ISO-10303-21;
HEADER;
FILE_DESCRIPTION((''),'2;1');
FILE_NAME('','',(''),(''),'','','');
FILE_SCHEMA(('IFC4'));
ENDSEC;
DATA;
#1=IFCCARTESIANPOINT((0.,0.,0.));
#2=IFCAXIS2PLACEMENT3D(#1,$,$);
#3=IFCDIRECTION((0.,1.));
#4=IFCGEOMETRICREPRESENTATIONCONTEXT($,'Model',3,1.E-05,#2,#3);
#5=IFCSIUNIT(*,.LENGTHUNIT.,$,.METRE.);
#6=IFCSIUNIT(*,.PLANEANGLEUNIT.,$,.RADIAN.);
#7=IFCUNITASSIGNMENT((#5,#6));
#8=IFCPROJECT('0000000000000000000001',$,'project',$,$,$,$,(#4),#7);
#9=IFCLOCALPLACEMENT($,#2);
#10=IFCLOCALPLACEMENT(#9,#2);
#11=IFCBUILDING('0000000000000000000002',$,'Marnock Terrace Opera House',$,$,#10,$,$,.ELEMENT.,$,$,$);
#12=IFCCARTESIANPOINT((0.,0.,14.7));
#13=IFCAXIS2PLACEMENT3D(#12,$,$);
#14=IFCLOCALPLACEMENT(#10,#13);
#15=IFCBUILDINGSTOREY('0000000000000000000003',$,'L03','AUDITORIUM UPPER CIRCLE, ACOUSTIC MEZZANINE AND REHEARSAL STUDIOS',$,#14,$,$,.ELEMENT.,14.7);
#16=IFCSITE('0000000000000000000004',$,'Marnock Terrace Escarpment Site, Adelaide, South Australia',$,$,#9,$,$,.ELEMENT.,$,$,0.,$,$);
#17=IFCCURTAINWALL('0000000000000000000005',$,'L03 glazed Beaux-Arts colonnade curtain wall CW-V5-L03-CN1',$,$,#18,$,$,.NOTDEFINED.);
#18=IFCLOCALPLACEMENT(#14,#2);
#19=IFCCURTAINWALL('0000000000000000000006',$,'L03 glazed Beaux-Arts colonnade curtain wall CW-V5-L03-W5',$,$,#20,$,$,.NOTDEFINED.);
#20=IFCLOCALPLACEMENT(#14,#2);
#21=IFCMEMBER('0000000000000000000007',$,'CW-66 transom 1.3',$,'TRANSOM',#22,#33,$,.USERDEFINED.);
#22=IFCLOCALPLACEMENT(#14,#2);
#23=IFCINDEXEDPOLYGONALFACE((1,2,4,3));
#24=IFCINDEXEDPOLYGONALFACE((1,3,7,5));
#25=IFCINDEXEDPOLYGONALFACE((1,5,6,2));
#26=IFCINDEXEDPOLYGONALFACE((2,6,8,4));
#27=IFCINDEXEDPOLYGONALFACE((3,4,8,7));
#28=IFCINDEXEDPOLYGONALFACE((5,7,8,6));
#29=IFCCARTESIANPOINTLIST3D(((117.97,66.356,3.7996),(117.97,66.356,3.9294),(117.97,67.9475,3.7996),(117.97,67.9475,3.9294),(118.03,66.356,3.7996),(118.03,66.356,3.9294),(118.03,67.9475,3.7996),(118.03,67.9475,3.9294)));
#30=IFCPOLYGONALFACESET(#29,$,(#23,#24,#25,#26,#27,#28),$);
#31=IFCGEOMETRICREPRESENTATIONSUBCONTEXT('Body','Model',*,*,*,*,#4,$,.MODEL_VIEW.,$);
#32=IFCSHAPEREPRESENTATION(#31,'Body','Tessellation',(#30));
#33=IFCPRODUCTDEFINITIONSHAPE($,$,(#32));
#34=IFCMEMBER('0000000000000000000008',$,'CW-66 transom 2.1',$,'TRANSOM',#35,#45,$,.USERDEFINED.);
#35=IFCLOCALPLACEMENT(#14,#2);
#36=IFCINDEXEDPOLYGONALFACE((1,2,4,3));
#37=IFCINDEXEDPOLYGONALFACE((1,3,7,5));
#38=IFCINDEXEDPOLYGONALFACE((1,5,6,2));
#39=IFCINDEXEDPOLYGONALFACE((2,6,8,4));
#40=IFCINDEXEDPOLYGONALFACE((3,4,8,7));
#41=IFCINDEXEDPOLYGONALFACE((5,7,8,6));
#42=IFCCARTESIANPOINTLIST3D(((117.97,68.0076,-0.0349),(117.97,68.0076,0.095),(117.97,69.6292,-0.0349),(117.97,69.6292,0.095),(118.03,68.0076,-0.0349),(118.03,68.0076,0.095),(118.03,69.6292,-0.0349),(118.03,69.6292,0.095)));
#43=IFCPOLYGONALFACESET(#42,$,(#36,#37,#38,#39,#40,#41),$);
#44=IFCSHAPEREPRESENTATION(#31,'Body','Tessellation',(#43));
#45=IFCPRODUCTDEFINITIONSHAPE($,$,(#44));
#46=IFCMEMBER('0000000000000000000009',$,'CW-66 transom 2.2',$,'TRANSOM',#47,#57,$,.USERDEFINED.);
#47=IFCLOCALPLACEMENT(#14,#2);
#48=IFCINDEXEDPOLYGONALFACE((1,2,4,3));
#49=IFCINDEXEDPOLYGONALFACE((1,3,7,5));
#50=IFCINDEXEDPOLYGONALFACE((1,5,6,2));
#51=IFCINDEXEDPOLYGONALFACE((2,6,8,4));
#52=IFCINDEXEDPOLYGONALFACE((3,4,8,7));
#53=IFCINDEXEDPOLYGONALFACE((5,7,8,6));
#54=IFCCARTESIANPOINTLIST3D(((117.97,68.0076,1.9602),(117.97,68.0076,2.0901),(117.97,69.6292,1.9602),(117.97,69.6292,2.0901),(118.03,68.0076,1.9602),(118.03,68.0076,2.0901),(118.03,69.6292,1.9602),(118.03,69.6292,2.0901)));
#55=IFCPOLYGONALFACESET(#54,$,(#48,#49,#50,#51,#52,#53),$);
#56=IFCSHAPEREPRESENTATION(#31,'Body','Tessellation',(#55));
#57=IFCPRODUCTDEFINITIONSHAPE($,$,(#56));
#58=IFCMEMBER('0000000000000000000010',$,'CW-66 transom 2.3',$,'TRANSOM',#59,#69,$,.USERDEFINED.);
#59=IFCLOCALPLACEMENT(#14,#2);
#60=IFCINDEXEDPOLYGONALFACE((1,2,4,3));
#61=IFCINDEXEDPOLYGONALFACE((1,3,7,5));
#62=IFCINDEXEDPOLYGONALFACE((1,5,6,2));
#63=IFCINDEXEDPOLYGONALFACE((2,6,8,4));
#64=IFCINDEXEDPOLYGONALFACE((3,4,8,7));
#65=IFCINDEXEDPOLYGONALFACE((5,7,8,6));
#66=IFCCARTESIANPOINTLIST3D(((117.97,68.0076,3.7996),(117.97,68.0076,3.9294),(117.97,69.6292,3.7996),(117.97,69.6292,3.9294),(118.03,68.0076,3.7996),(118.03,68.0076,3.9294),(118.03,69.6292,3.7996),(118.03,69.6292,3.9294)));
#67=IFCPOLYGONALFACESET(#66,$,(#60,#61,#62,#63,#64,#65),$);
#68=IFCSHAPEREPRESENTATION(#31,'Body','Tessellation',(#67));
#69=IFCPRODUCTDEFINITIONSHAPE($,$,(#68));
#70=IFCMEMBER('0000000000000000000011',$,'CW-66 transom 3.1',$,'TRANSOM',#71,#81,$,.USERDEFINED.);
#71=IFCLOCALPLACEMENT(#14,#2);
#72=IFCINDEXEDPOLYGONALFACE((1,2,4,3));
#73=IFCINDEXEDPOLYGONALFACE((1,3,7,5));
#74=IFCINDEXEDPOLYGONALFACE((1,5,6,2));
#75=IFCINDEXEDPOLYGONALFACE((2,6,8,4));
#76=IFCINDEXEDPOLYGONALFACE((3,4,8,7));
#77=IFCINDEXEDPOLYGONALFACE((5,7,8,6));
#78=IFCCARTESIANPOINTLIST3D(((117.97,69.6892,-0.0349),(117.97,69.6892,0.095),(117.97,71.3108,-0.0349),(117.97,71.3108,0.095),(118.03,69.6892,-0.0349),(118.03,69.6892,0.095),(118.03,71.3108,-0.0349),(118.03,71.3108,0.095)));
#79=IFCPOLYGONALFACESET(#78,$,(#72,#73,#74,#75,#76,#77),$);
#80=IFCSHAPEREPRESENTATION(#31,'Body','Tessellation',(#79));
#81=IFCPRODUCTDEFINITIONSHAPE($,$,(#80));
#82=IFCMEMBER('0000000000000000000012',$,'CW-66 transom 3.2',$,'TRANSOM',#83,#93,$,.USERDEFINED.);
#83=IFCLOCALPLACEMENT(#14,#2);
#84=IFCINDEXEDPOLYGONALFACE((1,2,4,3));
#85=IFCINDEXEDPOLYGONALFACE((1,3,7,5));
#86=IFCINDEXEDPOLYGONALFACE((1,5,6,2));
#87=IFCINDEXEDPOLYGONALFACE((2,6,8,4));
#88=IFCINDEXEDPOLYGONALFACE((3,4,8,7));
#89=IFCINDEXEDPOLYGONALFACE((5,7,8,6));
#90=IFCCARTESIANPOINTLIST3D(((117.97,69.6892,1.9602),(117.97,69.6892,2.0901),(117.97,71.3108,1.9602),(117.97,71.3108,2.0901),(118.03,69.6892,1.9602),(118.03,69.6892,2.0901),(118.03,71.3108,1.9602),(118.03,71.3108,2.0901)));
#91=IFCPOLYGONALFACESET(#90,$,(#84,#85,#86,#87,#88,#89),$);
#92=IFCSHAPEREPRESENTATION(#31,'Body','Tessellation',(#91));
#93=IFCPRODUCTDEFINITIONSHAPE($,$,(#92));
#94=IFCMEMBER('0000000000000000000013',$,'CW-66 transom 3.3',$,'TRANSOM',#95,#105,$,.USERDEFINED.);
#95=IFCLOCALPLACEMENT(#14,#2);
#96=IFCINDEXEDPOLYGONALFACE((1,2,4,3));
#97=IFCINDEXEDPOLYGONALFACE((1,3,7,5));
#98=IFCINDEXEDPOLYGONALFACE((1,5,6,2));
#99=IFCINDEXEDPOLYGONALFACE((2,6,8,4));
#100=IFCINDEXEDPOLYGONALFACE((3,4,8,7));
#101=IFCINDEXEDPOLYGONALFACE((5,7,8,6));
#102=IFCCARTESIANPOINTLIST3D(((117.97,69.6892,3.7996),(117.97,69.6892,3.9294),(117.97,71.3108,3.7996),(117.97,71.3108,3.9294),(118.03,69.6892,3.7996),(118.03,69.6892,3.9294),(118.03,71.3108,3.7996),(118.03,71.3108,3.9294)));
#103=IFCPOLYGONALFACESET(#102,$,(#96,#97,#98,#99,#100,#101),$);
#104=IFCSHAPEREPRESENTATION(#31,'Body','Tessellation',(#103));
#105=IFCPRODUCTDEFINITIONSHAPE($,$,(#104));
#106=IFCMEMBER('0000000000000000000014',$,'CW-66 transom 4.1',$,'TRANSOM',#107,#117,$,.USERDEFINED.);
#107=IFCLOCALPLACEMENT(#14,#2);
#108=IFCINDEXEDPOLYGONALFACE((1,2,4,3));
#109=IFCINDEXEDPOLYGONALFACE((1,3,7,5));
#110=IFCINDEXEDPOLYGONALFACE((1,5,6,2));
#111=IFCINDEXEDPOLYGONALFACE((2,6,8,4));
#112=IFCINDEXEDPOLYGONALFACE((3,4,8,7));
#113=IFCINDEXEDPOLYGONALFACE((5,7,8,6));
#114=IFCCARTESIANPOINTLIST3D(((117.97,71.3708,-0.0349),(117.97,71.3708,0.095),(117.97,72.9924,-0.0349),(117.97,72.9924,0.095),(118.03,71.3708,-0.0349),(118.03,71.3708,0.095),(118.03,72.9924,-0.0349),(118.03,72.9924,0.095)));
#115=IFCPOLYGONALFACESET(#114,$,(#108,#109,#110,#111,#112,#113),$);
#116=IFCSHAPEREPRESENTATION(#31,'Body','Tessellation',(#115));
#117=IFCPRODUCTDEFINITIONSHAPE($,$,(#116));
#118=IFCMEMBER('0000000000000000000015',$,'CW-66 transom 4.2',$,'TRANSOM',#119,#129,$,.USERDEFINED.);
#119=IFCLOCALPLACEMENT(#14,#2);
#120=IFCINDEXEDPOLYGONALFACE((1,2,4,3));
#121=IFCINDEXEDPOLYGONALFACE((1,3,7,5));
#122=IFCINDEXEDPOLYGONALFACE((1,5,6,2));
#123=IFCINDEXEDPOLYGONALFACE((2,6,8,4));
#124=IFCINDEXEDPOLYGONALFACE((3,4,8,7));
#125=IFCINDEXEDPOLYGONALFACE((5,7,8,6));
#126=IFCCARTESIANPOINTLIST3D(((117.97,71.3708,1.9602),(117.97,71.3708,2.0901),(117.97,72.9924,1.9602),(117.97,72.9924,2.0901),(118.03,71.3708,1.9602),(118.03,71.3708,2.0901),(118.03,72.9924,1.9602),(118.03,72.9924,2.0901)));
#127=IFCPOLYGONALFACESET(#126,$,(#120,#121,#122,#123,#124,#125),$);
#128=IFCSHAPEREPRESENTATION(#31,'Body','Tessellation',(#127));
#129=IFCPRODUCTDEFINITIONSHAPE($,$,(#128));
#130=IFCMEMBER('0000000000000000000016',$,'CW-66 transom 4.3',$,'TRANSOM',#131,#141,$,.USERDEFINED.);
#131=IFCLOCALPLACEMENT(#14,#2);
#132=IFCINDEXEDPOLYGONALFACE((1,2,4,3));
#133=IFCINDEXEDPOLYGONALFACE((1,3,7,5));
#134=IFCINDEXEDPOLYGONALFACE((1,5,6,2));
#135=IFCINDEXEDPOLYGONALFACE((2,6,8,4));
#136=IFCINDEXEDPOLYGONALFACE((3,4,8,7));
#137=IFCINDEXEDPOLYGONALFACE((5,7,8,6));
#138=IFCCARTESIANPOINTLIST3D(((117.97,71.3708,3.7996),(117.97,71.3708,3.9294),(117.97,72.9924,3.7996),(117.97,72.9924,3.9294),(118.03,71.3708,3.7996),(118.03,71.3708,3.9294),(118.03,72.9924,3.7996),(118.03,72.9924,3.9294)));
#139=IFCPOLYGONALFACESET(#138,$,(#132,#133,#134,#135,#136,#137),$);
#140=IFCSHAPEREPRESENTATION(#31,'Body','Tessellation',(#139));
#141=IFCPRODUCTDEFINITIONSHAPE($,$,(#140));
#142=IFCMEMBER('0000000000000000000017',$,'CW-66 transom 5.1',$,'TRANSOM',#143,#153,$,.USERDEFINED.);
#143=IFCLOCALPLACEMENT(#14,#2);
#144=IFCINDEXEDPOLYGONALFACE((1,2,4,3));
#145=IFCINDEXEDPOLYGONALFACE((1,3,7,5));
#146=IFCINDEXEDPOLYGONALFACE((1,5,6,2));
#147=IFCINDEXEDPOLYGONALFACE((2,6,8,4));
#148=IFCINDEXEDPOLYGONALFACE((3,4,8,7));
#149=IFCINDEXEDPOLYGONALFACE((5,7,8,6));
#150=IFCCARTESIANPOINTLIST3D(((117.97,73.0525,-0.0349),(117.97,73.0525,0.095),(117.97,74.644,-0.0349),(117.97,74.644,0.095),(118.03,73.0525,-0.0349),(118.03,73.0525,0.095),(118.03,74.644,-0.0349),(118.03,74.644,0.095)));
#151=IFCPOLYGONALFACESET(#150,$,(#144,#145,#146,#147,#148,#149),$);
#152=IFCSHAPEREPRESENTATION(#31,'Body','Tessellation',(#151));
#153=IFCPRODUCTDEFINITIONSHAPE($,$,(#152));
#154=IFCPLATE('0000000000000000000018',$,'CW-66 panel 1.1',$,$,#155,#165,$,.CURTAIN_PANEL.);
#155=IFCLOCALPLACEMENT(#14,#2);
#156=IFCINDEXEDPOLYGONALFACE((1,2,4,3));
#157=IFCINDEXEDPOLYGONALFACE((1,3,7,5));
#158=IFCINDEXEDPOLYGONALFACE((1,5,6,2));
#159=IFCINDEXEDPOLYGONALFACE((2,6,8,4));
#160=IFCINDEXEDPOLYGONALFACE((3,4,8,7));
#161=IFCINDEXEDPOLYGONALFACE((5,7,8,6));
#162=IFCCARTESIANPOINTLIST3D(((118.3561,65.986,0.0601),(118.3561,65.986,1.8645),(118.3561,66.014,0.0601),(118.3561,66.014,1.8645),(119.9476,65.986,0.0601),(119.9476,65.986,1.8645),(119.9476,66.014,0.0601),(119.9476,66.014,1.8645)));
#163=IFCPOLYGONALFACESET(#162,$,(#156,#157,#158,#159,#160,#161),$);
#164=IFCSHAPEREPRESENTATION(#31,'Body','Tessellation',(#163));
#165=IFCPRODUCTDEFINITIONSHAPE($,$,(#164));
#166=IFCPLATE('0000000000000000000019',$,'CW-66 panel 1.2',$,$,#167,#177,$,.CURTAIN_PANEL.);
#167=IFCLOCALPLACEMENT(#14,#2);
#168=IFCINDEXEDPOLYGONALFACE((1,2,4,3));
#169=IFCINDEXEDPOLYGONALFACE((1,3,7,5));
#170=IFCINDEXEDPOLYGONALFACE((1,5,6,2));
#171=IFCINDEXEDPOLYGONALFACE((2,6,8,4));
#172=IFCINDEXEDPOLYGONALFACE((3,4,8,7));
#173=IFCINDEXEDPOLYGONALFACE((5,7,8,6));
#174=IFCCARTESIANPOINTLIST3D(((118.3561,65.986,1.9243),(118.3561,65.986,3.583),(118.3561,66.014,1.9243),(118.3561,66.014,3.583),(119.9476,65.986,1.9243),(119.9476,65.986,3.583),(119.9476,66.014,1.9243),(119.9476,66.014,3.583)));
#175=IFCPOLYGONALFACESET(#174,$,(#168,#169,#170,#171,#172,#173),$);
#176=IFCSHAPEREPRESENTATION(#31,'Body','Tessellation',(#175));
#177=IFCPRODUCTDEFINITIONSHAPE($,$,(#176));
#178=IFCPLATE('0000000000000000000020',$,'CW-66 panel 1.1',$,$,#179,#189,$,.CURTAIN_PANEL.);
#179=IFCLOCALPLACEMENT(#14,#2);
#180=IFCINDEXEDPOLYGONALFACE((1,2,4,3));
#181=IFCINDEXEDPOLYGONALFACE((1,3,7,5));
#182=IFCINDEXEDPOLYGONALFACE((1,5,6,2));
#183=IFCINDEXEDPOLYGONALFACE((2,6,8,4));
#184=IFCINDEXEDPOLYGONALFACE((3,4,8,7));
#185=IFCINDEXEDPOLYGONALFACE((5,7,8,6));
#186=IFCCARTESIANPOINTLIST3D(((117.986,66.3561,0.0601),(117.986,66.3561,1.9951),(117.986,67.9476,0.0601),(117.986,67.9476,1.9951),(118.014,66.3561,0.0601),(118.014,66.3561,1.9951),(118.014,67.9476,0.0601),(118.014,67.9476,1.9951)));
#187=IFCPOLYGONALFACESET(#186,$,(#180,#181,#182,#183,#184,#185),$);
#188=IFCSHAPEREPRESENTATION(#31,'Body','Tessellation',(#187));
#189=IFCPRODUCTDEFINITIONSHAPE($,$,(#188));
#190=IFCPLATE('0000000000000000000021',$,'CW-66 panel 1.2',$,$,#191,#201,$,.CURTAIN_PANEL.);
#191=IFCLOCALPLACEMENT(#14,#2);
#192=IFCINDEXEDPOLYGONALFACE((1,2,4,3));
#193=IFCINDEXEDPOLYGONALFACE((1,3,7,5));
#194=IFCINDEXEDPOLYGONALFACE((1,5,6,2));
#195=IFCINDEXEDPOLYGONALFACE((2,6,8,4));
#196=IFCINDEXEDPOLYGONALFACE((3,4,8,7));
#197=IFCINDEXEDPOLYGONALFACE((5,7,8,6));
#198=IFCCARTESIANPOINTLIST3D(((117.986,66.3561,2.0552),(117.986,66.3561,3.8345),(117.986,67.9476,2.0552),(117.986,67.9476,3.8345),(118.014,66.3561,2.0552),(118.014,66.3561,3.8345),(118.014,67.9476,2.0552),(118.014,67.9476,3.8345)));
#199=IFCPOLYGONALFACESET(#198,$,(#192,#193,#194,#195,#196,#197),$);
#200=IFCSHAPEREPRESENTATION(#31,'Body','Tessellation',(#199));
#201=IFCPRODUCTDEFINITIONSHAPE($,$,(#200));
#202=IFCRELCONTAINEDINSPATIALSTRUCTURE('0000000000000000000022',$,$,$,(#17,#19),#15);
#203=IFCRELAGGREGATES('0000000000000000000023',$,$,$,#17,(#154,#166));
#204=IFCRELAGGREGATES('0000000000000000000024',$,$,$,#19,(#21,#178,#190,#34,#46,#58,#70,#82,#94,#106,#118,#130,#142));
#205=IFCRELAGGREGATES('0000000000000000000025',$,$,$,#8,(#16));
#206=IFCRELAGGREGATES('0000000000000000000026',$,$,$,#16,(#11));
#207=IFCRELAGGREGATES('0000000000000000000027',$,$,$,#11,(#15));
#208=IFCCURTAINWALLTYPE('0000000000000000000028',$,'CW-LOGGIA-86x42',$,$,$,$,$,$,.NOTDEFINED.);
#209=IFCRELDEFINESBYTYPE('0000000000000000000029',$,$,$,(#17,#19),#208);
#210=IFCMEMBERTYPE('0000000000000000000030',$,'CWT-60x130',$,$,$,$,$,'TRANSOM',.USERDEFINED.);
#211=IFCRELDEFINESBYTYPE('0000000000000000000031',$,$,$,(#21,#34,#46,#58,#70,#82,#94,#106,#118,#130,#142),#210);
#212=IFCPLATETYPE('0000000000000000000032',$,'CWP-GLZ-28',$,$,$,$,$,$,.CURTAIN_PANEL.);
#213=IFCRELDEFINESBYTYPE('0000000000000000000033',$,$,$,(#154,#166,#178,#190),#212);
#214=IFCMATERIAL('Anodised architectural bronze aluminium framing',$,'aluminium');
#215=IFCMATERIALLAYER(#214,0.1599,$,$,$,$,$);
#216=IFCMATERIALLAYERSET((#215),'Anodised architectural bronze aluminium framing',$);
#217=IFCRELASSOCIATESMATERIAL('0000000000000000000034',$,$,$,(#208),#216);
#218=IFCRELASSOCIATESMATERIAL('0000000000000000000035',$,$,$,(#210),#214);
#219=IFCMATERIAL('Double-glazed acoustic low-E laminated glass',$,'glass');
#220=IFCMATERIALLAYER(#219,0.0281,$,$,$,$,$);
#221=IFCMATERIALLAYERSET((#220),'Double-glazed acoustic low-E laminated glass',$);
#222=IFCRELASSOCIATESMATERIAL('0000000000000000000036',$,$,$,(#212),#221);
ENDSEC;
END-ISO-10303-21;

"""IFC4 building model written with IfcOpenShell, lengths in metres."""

from ifc_helpers import new_model, si_unit, direction, frame, origin, origin_2d, place, context, subcontext, project, spatial, rectangle, extrude, material, layer, layer_set, material_profile, profile_set, type_object, element, aggregate, save


model = new_model("IFC4")

# Units and contexts
model_context = context("Model", 3, precision=1e-05, world=origin(), true_north=direction((0.0, 1.0)))
body_context = subcontext(model_context, "Body", "Model", "MODEL_VIEW")
ifc_project = project(units=[si_unit("LENGTHUNIT", "METRE"), si_unit("PLANEANGLEUNIT", "RADIAN")], contexts=[model_context])

# Site, building, storey
site_placement = place(None, origin())
site = spatial("IfcSite", under=ifc_project, at=site_placement, Name="Marnock Terrace Escarpment Site, Adelaide, South Australia", CompositionType="ELEMENT", RefElevation=0.0)
building_placement = place(site_placement, origin())
building = spatial("IfcBuilding", under=site, at=building_placement, Name="Marnock Terrace Opera House", CompositionType="ELEMENT")
storey_placement = place(building_placement, frame((0.0, 0.0, 14.7)))
storey = spatial("IfcBuildingStorey", under=building, at=storey_placement, Name="L03", Description="AUDITORIUM UPPER CIRCLE, ACOUSTIC MEZZANINE AND REHEARSAL STUDIOS", CompositionType="ELEMENT", Elevation=14.7)

# Curtain walls
ifc_material_1 = material(Name="Anodised architectural bronze aluminium framing", Category="aluminium")
ifc_layer_1 = layer(ifc_material_1, 0.1599)
ifc_layer_set_1 = layer_set([ifc_layer_1], Name="Anodised architectural bronze aluminium framing")
curtain_wall_type = type_object("IfcCurtainWallType", Name="CW-LOGGIA-86x42", PredefinedType="NOTDEFINED", material=ifc_layer_set_1)
curtain_wall_1_placement = place(storey_placement, origin())
curtain_wall_1 = element("IfcCurtainWall", 1, at=curtain_wall_1_placement, inside=storey, type_object=curtain_wall_type, Name="L03 glazed Beaux-Arts colonnade curtain wall CW-V5-L03-CN1", PredefinedType="NOTDEFINED")
curtain_wall_2_placement = place(storey_placement, origin())
curtain_wall_2 = element("IfcCurtainWall", 2, at=curtain_wall_2_placement, inside=storey, type_object=curtain_wall_type, Name="L03 glazed Beaux-Arts colonnade curtain wall CW-V5-L03-W5", PredefinedType="NOTDEFINED")

# Members
ifc_material_profile_1 = material_profile(ifc_material_1, rectangle(XDim=0.0601, YDim=0.1299, at=origin_2d()))
ifc_profile_set_1 = profile_set([ifc_material_profile_1], Name="Anodised architectural bronze aluminium framing")
member_type_1 = type_object("IfcMemberType", Name="CWT-60x130", ElementType="TRANSOM", PredefinedType="USERDEFINED", material=ifc_profile_set_1)
member_1_placement = place(storey_placement, frame((118.0, 66.356, 3.8645), z_axis=(0.0, 1.0, 0.0), x_axis=(-1.0, 0.0, 0.0)))
member_1 = element("IfcMember", 3, at=member_1_placement, type_object=member_type_1, Name="CW-66 transom 1.3", ObjectType="TRANSOM", PredefinedType="USERDEFINED", context=body_context, shape_type="SweptSolid", body=[
    extrude(rectangle(XDim=0.0601, YDim=0.1299, at=origin_2d()), origin(), (0.0, 0.0, 1.0), 1.5916),
])
member_2_placement = place(storey_placement, frame((118.0, 68.0076, 0.03), z_axis=(0.0, 1.0, 0.0), x_axis=(-1.0, 0.0, 0.0)))
member_2 = element("IfcMember", 4, at=member_2_placement, type_object=member_type_1, Name="CW-66 transom 2.1", ObjectType="TRANSOM", PredefinedType="USERDEFINED", context=body_context, shape_type="SweptSolid", body=[
    extrude(rectangle(XDim=0.0601, YDim=0.1299, at=origin_2d()), origin(), (0.0, 0.0, 1.0), 1.6216),
])
member_3_placement = place(storey_placement, frame((118.0, 68.0076, 2.0251), z_axis=(0.0, 1.0, 0.0), x_axis=(-1.0, 0.0, 0.0)))
member_3 = element("IfcMember", 5, at=member_3_placement, type_object=member_type_1, Name="CW-66 transom 2.2", ObjectType="TRANSOM", PredefinedType="USERDEFINED", context=body_context, shape_type="SweptSolid", body=[
    extrude(rectangle(XDim=0.0601, YDim=0.1299, at=origin_2d()), origin(), (0.0, 0.0, 1.0), 1.6216),
])
member_4_placement = place(storey_placement, frame((118.0, 68.0076, 3.8645), z_axis=(0.0, 1.0, 0.0), x_axis=(-1.0, 0.0, 0.0)))
member_4 = element("IfcMember", 6, at=member_4_placement, type_object=member_type_1, Name="CW-66 transom 2.3", ObjectType="TRANSOM", PredefinedType="USERDEFINED", context=body_context, shape_type="SweptSolid", body=[
    extrude(rectangle(XDim=0.0601, YDim=0.1299, at=origin_2d()), origin(), (0.0, 0.0, 1.0), 1.6216),
])
member_5_placement = place(storey_placement, frame((118.0, 69.6892, 0.03), z_axis=(0.0, 1.0, 0.0), x_axis=(-1.0, 0.0, 0.0)))
member_5 = element("IfcMember", 7, at=member_5_placement, type_object=member_type_1, Name="CW-66 transom 3.1", ObjectType="TRANSOM", PredefinedType="USERDEFINED", context=body_context, shape_type="SweptSolid", body=[
    extrude(rectangle(XDim=0.0601, YDim=0.1299, at=origin_2d()), origin(), (0.0, 0.0, 1.0), 1.6216),
])
member_6_placement = place(storey_placement, frame((118.0, 69.6892, 2.0251), z_axis=(0.0, 1.0, 0.0), x_axis=(-1.0, 0.0, 0.0)))
member_6 = element("IfcMember", 8, at=member_6_placement, type_object=member_type_1, Name="CW-66 transom 3.2", ObjectType="TRANSOM", PredefinedType="USERDEFINED", context=body_context, shape_type="SweptSolid", body=[
    extrude(rectangle(XDim=0.0601, YDim=0.1299, at=origin_2d()), origin(), (0.0, 0.0, 1.0), 1.6216),
])
member_7_placement = place(storey_placement, frame((118.0, 69.6892, 3.8645), z_axis=(0.0, 1.0, 0.0), x_axis=(-1.0, 0.0, 0.0)))
member_7 = element("IfcMember", 9, at=member_7_placement, type_object=member_type_1, Name="CW-66 transom 3.3", ObjectType="TRANSOM", PredefinedType="USERDEFINED", context=body_context, shape_type="SweptSolid", body=[
    extrude(rectangle(XDim=0.0601, YDim=0.1299, at=origin_2d()), origin(), (0.0, 0.0, 1.0), 1.6216),
])
member_8_placement = place(storey_placement, frame((118.0, 71.3708, 0.03), z_axis=(0.0, 1.0, 0.0), x_axis=(-1.0, 0.0, 0.0)))
member_8 = element("IfcMember", 10, at=member_8_placement, type_object=member_type_1, Name="CW-66 transom 4.1", ObjectType="TRANSOM", PredefinedType="USERDEFINED", context=body_context, shape_type="SweptSolid", body=[
    extrude(rectangle(XDim=0.0601, YDim=0.1299, at=origin_2d()), origin(), (0.0, 0.0, 1.0), 1.6216),
])
member_9_placement = place(storey_placement, frame((118.0, 71.3708, 2.0251), z_axis=(0.0, 1.0, 0.0), x_axis=(-1.0, 0.0, 0.0)))
member_9 = element("IfcMember", 11, at=member_9_placement, type_object=member_type_1, Name="CW-66 transom 4.2", ObjectType="TRANSOM", PredefinedType="USERDEFINED", context=body_context, shape_type="SweptSolid", body=[
    extrude(rectangle(XDim=0.0601, YDim=0.1299, at=origin_2d()), origin(), (0.0, 0.0, 1.0), 1.6216),
])
member_10_placement = place(storey_placement, frame((118.0, 71.3708, 3.8645), z_axis=(0.0, 1.0, 0.0), x_axis=(-1.0, 0.0, 0.0)))
member_10 = element("IfcMember", 12, at=member_10_placement, type_object=member_type_1, Name="CW-66 transom 4.3", ObjectType="TRANSOM", PredefinedType="USERDEFINED", context=body_context, shape_type="SweptSolid", body=[
    extrude(rectangle(XDim=0.0601, YDim=0.1299, at=origin_2d()), origin(), (0.0, 0.0, 1.0), 1.6216),
])
member_11_placement = place(storey_placement, frame((118.0, 73.0525, 0.03), z_axis=(0.0, 1.0, 0.0), x_axis=(-1.0, 0.0, 0.0)))
member_11 = element("IfcMember", 13, at=member_11_placement, type_object=member_type_1, Name="CW-66 transom 5.1", ObjectType="TRANSOM", PredefinedType="USERDEFINED", context=body_context, shape_type="SweptSolid", body=[
    extrude(rectangle(XDim=0.0601, YDim=0.1299, at=origin_2d()), origin(), (0.0, 0.0, 1.0), 1.5916),
])

# Plates
ifc_material_2 = material(Name="Double-glazed acoustic low-E laminated glass", Category="glass")
ifc_layer_2 = layer(ifc_material_2, 0.0281)
ifc_layer_set_2 = layer_set([ifc_layer_2], Name="Double-glazed acoustic low-E laminated glass")
plate_type = type_object("IfcPlateType", Name="CWP-GLZ-28", PredefinedType="CURTAIN_PANEL", material=ifc_layer_set_2)
plate_1_placement = place(storey_placement, frame((119.1519, 66.0, 0.0601), z_axis=(0.0, 0.0, 1.0), x_axis=(1.0, 0.0, 0.0)))
plate_1 = element("IfcPlate", 14, at=plate_1_placement, type_object=plate_type, Name="CW-66 panel 1.1", PredefinedType="CURTAIN_PANEL", context=body_context, shape_type="SweptSolid", body=[
    extrude(rectangle(XDim=1.5916, YDim=0.0281, at=origin_2d()), origin(), (0.0, 0.0, 1.0), 1.8044),
])
plate_2_placement = place(storey_placement, frame((119.1519, 66.0, 1.9243), z_axis=(0.0, 0.0, 1.0), x_axis=(1.0, 0.0, 0.0)))
plate_2 = element("IfcPlate", 15, at=plate_2_placement, type_object=plate_type, Name="CW-66 panel 1.2", PredefinedType="CURTAIN_PANEL", context=body_context, shape_type="SweptSolid", body=[
    extrude(rectangle(XDim=1.5916, YDim=0.0281, at=origin_2d()), origin(), (0.0, 0.0, 1.0), 1.6587),
])
aggregate(curtain_wall_1, [plate_1, plate_2])
plate_3_placement = place(storey_placement, frame((118.0, 67.1519, 0.0601), z_axis=(0.0, 0.0, 1.0), x_axis=(0.0, 1.0, 0.0)))
plate_3 = element("IfcPlate", 16, at=plate_3_placement, type_object=plate_type, Name="CW-66 panel 1.1", PredefinedType="CURTAIN_PANEL", context=body_context, shape_type="SweptSolid", body=[
    extrude(rectangle(XDim=1.5916, YDim=0.0281, at=origin_2d()), origin(), (0.0, 0.0, 1.0), 1.9351),
])
plate_4_placement = place(storey_placement, frame((118.0, 67.1519, 2.0552), z_axis=(0.0, 0.0, 1.0), x_axis=(0.0, 1.0, 0.0)))
plate_4 = element("IfcPlate", 17, at=plate_4_placement, type_object=plate_type, Name="CW-66 panel 1.2", PredefinedType="CURTAIN_PANEL", context=body_context, shape_type="SweptSolid", body=[
    extrude(rectangle(XDim=1.5916, YDim=0.0281, at=origin_2d()), origin(), (0.0, 0.0, 1.0), 1.7793),
])
aggregate(curtain_wall_2, [member_1, plate_3, plate_4, member_2, member_3, member_4, member_5, member_6, member_7, member_8, member_9, member_10, member_11])

save(model, "model.ifc")
